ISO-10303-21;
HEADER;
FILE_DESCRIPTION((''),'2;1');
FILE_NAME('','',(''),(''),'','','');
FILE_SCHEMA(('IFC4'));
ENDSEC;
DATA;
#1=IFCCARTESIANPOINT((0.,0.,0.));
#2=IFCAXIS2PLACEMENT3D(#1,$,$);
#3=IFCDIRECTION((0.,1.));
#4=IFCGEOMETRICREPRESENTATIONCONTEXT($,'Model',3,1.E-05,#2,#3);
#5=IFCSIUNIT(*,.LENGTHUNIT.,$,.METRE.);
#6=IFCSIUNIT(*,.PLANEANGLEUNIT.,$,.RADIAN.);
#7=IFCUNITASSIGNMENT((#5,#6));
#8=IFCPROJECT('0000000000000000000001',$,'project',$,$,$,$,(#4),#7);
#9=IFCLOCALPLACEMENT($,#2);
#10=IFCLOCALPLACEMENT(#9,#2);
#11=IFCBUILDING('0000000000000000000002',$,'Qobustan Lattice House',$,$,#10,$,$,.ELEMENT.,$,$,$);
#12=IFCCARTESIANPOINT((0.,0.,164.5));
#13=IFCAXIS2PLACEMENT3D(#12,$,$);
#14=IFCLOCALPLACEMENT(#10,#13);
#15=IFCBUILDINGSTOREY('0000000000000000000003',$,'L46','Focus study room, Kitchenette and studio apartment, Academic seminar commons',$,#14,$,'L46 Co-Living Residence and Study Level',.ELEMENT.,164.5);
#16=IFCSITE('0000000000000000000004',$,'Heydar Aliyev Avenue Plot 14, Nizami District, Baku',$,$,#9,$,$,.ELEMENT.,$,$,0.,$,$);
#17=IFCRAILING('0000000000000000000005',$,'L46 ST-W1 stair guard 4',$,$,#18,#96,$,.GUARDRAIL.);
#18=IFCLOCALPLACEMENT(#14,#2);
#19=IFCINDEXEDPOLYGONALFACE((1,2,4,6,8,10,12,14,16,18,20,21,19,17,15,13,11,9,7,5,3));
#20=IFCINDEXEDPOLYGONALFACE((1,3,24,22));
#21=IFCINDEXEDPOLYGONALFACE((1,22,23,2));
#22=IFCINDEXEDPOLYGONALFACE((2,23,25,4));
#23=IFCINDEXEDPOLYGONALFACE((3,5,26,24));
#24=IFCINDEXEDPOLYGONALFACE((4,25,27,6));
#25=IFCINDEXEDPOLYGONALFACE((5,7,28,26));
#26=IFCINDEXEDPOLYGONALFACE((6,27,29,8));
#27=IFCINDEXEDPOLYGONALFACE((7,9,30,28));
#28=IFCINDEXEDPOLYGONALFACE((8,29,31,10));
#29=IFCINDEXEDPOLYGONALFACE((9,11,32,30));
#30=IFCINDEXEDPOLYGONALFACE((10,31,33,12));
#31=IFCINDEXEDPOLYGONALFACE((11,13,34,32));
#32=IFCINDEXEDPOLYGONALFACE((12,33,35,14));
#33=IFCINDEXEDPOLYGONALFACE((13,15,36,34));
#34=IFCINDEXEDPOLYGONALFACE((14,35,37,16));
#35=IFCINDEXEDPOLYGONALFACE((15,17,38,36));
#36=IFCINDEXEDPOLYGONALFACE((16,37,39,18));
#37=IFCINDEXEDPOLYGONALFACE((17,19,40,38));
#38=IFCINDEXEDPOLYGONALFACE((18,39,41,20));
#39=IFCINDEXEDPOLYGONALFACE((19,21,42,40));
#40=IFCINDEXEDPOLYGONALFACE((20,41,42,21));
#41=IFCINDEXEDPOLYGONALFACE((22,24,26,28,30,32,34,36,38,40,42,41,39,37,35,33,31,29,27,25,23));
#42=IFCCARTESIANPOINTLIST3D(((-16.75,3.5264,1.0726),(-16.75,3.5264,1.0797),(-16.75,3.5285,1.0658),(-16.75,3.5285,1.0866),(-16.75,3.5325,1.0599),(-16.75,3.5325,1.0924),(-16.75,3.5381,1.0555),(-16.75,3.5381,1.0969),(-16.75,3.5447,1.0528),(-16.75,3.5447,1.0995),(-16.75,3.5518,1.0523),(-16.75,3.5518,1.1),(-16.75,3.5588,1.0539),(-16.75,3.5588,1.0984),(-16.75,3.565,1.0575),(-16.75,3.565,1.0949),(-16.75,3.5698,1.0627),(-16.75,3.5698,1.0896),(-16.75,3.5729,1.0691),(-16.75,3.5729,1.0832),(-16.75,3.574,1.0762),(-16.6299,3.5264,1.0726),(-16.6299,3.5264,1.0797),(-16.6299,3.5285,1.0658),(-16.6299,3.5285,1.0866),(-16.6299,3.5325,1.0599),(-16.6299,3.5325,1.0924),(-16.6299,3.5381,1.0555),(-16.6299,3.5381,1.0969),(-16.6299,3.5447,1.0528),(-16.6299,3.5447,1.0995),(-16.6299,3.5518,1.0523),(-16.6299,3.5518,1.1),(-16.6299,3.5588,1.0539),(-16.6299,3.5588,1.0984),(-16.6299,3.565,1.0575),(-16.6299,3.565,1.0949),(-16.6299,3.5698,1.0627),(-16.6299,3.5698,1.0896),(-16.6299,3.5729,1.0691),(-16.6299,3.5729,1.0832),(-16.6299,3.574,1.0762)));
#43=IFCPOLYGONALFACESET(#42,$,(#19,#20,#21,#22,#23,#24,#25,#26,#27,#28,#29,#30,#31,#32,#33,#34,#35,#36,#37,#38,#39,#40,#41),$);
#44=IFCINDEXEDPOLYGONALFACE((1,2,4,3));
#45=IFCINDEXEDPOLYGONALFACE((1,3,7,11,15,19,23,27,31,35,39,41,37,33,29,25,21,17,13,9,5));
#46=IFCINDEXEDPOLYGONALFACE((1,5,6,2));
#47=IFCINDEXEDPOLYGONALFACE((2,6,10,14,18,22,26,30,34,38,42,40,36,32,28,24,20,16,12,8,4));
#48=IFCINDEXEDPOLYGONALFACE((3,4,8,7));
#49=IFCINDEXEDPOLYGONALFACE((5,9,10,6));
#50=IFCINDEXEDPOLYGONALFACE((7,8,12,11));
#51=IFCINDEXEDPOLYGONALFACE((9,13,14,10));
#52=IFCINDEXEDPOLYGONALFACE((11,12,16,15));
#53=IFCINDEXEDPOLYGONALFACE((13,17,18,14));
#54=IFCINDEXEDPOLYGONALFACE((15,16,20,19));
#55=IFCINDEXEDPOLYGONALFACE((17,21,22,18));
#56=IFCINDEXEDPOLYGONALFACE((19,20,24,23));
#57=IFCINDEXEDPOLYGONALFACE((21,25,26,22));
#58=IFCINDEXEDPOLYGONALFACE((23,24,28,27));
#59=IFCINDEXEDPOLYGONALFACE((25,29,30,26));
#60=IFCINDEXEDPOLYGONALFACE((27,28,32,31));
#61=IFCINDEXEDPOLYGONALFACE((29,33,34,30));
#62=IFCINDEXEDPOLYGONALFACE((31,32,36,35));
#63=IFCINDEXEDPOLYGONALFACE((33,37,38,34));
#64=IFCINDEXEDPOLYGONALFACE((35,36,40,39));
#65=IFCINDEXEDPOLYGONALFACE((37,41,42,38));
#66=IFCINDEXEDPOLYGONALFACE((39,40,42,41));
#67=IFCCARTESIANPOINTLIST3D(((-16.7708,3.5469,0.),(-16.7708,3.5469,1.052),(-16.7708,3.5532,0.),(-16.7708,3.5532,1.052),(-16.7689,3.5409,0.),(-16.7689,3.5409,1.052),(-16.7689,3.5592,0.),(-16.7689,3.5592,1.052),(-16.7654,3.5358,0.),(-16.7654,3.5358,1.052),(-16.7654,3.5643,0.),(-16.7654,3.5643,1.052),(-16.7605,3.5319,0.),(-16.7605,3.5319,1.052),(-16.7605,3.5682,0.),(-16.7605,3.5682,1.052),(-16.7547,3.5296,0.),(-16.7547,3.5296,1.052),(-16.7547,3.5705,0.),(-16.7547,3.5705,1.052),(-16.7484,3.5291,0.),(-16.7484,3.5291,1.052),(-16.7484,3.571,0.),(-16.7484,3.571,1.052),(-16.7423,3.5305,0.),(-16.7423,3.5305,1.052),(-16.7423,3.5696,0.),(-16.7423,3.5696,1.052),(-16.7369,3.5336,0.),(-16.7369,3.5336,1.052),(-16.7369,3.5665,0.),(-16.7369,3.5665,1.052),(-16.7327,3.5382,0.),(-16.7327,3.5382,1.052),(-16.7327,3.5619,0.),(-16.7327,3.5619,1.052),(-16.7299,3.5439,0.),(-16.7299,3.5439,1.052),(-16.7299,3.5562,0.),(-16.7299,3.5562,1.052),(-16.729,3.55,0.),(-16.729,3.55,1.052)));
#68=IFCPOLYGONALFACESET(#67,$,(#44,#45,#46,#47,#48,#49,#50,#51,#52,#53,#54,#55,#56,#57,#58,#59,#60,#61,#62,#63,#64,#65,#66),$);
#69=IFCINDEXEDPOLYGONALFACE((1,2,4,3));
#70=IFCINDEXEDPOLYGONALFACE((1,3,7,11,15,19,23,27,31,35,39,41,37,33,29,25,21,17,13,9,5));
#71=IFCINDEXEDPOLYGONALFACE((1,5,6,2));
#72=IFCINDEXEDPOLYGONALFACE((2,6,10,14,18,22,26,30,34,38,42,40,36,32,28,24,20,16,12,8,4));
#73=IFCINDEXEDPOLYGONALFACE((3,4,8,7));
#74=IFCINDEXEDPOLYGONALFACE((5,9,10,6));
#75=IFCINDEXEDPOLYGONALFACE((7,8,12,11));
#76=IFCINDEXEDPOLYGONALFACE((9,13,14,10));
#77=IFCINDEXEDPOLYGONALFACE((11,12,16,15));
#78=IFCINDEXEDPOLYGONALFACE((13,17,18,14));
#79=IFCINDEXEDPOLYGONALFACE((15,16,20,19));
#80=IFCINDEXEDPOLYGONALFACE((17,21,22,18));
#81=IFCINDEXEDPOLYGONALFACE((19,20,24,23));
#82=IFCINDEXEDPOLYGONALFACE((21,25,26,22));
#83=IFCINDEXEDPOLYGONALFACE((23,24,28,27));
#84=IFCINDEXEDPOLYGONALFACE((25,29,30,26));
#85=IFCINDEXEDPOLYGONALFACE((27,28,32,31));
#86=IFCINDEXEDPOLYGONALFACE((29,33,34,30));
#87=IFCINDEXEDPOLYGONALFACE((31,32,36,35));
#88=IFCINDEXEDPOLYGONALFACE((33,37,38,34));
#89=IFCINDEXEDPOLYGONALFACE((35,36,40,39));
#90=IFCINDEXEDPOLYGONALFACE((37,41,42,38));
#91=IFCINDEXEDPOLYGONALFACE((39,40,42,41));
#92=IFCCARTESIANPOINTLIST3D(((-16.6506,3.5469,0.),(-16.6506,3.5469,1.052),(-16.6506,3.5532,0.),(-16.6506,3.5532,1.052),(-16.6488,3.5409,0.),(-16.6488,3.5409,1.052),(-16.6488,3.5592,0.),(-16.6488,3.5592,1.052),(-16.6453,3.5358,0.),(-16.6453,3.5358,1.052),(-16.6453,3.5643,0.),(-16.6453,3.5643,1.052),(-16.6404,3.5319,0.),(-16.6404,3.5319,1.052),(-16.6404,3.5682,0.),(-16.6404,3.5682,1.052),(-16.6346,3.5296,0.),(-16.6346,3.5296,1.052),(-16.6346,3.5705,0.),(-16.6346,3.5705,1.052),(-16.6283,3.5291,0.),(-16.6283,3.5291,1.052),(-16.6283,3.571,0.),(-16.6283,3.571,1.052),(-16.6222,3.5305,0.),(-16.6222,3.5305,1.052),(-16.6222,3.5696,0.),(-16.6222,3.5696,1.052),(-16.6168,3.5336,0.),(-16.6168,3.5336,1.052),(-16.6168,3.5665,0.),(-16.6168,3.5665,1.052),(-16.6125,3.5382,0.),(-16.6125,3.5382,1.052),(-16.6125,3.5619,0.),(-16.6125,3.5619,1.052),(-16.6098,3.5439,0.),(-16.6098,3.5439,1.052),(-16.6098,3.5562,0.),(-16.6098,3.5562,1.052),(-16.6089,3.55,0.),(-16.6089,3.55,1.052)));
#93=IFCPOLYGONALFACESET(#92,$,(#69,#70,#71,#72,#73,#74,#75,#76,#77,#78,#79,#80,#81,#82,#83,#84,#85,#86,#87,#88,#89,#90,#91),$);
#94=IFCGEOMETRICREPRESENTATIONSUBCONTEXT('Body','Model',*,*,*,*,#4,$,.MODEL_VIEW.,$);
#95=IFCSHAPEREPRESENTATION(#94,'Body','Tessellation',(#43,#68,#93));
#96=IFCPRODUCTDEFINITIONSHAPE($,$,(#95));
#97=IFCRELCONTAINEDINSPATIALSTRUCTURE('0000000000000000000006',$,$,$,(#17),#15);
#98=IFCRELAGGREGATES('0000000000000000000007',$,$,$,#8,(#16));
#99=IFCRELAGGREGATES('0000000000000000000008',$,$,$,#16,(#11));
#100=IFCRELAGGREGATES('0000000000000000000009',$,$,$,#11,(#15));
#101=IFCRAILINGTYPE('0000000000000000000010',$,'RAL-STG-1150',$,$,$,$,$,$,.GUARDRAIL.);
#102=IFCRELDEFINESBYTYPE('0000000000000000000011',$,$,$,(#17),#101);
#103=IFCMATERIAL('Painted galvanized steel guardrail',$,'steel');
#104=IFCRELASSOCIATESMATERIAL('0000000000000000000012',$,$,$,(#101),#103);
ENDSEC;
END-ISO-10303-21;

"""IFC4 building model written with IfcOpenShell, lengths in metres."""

from ifc_helpers import new_model, si_unit, direction, frame, origin, origin_2d, place, context, subcontext, project, spatial, circle, extrude, material, type_object, element, save


model = new_model("IFC4")

# Units and contexts
model_context = context("Model", 3, precision=1e-05, world=origin(), true_north=direction((0.0, 1.0)))
body_context = subcontext(model_context, "Body", "Model", "MODEL_VIEW")
ifc_project = project(units=[si_unit("LENGTHUNIT", "METRE"), si_unit("PLANEANGLEUNIT", "RADIAN")], contexts=[model_context])

# Site, building, storey
site_placement = place(None, origin())
site = spatial("IfcSite", under=ifc_project, at=site_placement, Name="Heydar Aliyev Avenue Plot 14, Nizami District, Baku", CompositionType="ELEMENT", RefElevation=0.0)
building_placement = place(site_placement, origin())
building = spatial("IfcBuilding", under=site, at=building_placement, Name="Qobustan Lattice House", CompositionType="ELEMENT")
storey_placement = place(building_placement, frame((0.0, 0.0, 164.5)))
storey = spatial("IfcBuildingStorey", under=building, at=storey_placement, Name="L46", Description="Focus study room, Kitchenette and studio apartment, Academic seminar commons", LongName="L46 Co-Living Residence and Study Level", CompositionType="ELEMENT", Elevation=164.5)

# Railing
ifc_material_1 = material(Name="Painted galvanized steel guardrail", Category="steel")
railing_type_1 = type_object("IfcRailingType", Name="RAL-STG-1150", PredefinedType="GUARDRAIL", material=ifc_material_1)
railing_1_placement = place(storey_placement, frame((-16.75, 3.55, 0.0)))
element("IfcRailing", 1, at=railing_1_placement, inside=storey, type_object=railing_type_1, Name="L46 ST-W1 stair guard 4", PredefinedType="GUARDRAIL", context=body_context, shape_type="SweptSolid", body=[
    extrude(circle(Radius=0.0239, at=origin_2d()), frame((0.0, 0.0, 1.0762), z_axis=(1.0, 0.0, 0.0), x_axis=(0.0, 1.0, 0.0)), (0.0, 0.0, 1.0), 0.1201),
    extrude(circle(Radius=0.021, at=origin_2d()), origin(), (0.0, 0.0, 1.0), 1.052),
    extrude(circle(Radius=0.021, at=origin_2d()), frame((0.1201, 0.0, 0.0)), (0.0, 0.0, 1.0), 1.052),
])

save(model, "model.ifc")
